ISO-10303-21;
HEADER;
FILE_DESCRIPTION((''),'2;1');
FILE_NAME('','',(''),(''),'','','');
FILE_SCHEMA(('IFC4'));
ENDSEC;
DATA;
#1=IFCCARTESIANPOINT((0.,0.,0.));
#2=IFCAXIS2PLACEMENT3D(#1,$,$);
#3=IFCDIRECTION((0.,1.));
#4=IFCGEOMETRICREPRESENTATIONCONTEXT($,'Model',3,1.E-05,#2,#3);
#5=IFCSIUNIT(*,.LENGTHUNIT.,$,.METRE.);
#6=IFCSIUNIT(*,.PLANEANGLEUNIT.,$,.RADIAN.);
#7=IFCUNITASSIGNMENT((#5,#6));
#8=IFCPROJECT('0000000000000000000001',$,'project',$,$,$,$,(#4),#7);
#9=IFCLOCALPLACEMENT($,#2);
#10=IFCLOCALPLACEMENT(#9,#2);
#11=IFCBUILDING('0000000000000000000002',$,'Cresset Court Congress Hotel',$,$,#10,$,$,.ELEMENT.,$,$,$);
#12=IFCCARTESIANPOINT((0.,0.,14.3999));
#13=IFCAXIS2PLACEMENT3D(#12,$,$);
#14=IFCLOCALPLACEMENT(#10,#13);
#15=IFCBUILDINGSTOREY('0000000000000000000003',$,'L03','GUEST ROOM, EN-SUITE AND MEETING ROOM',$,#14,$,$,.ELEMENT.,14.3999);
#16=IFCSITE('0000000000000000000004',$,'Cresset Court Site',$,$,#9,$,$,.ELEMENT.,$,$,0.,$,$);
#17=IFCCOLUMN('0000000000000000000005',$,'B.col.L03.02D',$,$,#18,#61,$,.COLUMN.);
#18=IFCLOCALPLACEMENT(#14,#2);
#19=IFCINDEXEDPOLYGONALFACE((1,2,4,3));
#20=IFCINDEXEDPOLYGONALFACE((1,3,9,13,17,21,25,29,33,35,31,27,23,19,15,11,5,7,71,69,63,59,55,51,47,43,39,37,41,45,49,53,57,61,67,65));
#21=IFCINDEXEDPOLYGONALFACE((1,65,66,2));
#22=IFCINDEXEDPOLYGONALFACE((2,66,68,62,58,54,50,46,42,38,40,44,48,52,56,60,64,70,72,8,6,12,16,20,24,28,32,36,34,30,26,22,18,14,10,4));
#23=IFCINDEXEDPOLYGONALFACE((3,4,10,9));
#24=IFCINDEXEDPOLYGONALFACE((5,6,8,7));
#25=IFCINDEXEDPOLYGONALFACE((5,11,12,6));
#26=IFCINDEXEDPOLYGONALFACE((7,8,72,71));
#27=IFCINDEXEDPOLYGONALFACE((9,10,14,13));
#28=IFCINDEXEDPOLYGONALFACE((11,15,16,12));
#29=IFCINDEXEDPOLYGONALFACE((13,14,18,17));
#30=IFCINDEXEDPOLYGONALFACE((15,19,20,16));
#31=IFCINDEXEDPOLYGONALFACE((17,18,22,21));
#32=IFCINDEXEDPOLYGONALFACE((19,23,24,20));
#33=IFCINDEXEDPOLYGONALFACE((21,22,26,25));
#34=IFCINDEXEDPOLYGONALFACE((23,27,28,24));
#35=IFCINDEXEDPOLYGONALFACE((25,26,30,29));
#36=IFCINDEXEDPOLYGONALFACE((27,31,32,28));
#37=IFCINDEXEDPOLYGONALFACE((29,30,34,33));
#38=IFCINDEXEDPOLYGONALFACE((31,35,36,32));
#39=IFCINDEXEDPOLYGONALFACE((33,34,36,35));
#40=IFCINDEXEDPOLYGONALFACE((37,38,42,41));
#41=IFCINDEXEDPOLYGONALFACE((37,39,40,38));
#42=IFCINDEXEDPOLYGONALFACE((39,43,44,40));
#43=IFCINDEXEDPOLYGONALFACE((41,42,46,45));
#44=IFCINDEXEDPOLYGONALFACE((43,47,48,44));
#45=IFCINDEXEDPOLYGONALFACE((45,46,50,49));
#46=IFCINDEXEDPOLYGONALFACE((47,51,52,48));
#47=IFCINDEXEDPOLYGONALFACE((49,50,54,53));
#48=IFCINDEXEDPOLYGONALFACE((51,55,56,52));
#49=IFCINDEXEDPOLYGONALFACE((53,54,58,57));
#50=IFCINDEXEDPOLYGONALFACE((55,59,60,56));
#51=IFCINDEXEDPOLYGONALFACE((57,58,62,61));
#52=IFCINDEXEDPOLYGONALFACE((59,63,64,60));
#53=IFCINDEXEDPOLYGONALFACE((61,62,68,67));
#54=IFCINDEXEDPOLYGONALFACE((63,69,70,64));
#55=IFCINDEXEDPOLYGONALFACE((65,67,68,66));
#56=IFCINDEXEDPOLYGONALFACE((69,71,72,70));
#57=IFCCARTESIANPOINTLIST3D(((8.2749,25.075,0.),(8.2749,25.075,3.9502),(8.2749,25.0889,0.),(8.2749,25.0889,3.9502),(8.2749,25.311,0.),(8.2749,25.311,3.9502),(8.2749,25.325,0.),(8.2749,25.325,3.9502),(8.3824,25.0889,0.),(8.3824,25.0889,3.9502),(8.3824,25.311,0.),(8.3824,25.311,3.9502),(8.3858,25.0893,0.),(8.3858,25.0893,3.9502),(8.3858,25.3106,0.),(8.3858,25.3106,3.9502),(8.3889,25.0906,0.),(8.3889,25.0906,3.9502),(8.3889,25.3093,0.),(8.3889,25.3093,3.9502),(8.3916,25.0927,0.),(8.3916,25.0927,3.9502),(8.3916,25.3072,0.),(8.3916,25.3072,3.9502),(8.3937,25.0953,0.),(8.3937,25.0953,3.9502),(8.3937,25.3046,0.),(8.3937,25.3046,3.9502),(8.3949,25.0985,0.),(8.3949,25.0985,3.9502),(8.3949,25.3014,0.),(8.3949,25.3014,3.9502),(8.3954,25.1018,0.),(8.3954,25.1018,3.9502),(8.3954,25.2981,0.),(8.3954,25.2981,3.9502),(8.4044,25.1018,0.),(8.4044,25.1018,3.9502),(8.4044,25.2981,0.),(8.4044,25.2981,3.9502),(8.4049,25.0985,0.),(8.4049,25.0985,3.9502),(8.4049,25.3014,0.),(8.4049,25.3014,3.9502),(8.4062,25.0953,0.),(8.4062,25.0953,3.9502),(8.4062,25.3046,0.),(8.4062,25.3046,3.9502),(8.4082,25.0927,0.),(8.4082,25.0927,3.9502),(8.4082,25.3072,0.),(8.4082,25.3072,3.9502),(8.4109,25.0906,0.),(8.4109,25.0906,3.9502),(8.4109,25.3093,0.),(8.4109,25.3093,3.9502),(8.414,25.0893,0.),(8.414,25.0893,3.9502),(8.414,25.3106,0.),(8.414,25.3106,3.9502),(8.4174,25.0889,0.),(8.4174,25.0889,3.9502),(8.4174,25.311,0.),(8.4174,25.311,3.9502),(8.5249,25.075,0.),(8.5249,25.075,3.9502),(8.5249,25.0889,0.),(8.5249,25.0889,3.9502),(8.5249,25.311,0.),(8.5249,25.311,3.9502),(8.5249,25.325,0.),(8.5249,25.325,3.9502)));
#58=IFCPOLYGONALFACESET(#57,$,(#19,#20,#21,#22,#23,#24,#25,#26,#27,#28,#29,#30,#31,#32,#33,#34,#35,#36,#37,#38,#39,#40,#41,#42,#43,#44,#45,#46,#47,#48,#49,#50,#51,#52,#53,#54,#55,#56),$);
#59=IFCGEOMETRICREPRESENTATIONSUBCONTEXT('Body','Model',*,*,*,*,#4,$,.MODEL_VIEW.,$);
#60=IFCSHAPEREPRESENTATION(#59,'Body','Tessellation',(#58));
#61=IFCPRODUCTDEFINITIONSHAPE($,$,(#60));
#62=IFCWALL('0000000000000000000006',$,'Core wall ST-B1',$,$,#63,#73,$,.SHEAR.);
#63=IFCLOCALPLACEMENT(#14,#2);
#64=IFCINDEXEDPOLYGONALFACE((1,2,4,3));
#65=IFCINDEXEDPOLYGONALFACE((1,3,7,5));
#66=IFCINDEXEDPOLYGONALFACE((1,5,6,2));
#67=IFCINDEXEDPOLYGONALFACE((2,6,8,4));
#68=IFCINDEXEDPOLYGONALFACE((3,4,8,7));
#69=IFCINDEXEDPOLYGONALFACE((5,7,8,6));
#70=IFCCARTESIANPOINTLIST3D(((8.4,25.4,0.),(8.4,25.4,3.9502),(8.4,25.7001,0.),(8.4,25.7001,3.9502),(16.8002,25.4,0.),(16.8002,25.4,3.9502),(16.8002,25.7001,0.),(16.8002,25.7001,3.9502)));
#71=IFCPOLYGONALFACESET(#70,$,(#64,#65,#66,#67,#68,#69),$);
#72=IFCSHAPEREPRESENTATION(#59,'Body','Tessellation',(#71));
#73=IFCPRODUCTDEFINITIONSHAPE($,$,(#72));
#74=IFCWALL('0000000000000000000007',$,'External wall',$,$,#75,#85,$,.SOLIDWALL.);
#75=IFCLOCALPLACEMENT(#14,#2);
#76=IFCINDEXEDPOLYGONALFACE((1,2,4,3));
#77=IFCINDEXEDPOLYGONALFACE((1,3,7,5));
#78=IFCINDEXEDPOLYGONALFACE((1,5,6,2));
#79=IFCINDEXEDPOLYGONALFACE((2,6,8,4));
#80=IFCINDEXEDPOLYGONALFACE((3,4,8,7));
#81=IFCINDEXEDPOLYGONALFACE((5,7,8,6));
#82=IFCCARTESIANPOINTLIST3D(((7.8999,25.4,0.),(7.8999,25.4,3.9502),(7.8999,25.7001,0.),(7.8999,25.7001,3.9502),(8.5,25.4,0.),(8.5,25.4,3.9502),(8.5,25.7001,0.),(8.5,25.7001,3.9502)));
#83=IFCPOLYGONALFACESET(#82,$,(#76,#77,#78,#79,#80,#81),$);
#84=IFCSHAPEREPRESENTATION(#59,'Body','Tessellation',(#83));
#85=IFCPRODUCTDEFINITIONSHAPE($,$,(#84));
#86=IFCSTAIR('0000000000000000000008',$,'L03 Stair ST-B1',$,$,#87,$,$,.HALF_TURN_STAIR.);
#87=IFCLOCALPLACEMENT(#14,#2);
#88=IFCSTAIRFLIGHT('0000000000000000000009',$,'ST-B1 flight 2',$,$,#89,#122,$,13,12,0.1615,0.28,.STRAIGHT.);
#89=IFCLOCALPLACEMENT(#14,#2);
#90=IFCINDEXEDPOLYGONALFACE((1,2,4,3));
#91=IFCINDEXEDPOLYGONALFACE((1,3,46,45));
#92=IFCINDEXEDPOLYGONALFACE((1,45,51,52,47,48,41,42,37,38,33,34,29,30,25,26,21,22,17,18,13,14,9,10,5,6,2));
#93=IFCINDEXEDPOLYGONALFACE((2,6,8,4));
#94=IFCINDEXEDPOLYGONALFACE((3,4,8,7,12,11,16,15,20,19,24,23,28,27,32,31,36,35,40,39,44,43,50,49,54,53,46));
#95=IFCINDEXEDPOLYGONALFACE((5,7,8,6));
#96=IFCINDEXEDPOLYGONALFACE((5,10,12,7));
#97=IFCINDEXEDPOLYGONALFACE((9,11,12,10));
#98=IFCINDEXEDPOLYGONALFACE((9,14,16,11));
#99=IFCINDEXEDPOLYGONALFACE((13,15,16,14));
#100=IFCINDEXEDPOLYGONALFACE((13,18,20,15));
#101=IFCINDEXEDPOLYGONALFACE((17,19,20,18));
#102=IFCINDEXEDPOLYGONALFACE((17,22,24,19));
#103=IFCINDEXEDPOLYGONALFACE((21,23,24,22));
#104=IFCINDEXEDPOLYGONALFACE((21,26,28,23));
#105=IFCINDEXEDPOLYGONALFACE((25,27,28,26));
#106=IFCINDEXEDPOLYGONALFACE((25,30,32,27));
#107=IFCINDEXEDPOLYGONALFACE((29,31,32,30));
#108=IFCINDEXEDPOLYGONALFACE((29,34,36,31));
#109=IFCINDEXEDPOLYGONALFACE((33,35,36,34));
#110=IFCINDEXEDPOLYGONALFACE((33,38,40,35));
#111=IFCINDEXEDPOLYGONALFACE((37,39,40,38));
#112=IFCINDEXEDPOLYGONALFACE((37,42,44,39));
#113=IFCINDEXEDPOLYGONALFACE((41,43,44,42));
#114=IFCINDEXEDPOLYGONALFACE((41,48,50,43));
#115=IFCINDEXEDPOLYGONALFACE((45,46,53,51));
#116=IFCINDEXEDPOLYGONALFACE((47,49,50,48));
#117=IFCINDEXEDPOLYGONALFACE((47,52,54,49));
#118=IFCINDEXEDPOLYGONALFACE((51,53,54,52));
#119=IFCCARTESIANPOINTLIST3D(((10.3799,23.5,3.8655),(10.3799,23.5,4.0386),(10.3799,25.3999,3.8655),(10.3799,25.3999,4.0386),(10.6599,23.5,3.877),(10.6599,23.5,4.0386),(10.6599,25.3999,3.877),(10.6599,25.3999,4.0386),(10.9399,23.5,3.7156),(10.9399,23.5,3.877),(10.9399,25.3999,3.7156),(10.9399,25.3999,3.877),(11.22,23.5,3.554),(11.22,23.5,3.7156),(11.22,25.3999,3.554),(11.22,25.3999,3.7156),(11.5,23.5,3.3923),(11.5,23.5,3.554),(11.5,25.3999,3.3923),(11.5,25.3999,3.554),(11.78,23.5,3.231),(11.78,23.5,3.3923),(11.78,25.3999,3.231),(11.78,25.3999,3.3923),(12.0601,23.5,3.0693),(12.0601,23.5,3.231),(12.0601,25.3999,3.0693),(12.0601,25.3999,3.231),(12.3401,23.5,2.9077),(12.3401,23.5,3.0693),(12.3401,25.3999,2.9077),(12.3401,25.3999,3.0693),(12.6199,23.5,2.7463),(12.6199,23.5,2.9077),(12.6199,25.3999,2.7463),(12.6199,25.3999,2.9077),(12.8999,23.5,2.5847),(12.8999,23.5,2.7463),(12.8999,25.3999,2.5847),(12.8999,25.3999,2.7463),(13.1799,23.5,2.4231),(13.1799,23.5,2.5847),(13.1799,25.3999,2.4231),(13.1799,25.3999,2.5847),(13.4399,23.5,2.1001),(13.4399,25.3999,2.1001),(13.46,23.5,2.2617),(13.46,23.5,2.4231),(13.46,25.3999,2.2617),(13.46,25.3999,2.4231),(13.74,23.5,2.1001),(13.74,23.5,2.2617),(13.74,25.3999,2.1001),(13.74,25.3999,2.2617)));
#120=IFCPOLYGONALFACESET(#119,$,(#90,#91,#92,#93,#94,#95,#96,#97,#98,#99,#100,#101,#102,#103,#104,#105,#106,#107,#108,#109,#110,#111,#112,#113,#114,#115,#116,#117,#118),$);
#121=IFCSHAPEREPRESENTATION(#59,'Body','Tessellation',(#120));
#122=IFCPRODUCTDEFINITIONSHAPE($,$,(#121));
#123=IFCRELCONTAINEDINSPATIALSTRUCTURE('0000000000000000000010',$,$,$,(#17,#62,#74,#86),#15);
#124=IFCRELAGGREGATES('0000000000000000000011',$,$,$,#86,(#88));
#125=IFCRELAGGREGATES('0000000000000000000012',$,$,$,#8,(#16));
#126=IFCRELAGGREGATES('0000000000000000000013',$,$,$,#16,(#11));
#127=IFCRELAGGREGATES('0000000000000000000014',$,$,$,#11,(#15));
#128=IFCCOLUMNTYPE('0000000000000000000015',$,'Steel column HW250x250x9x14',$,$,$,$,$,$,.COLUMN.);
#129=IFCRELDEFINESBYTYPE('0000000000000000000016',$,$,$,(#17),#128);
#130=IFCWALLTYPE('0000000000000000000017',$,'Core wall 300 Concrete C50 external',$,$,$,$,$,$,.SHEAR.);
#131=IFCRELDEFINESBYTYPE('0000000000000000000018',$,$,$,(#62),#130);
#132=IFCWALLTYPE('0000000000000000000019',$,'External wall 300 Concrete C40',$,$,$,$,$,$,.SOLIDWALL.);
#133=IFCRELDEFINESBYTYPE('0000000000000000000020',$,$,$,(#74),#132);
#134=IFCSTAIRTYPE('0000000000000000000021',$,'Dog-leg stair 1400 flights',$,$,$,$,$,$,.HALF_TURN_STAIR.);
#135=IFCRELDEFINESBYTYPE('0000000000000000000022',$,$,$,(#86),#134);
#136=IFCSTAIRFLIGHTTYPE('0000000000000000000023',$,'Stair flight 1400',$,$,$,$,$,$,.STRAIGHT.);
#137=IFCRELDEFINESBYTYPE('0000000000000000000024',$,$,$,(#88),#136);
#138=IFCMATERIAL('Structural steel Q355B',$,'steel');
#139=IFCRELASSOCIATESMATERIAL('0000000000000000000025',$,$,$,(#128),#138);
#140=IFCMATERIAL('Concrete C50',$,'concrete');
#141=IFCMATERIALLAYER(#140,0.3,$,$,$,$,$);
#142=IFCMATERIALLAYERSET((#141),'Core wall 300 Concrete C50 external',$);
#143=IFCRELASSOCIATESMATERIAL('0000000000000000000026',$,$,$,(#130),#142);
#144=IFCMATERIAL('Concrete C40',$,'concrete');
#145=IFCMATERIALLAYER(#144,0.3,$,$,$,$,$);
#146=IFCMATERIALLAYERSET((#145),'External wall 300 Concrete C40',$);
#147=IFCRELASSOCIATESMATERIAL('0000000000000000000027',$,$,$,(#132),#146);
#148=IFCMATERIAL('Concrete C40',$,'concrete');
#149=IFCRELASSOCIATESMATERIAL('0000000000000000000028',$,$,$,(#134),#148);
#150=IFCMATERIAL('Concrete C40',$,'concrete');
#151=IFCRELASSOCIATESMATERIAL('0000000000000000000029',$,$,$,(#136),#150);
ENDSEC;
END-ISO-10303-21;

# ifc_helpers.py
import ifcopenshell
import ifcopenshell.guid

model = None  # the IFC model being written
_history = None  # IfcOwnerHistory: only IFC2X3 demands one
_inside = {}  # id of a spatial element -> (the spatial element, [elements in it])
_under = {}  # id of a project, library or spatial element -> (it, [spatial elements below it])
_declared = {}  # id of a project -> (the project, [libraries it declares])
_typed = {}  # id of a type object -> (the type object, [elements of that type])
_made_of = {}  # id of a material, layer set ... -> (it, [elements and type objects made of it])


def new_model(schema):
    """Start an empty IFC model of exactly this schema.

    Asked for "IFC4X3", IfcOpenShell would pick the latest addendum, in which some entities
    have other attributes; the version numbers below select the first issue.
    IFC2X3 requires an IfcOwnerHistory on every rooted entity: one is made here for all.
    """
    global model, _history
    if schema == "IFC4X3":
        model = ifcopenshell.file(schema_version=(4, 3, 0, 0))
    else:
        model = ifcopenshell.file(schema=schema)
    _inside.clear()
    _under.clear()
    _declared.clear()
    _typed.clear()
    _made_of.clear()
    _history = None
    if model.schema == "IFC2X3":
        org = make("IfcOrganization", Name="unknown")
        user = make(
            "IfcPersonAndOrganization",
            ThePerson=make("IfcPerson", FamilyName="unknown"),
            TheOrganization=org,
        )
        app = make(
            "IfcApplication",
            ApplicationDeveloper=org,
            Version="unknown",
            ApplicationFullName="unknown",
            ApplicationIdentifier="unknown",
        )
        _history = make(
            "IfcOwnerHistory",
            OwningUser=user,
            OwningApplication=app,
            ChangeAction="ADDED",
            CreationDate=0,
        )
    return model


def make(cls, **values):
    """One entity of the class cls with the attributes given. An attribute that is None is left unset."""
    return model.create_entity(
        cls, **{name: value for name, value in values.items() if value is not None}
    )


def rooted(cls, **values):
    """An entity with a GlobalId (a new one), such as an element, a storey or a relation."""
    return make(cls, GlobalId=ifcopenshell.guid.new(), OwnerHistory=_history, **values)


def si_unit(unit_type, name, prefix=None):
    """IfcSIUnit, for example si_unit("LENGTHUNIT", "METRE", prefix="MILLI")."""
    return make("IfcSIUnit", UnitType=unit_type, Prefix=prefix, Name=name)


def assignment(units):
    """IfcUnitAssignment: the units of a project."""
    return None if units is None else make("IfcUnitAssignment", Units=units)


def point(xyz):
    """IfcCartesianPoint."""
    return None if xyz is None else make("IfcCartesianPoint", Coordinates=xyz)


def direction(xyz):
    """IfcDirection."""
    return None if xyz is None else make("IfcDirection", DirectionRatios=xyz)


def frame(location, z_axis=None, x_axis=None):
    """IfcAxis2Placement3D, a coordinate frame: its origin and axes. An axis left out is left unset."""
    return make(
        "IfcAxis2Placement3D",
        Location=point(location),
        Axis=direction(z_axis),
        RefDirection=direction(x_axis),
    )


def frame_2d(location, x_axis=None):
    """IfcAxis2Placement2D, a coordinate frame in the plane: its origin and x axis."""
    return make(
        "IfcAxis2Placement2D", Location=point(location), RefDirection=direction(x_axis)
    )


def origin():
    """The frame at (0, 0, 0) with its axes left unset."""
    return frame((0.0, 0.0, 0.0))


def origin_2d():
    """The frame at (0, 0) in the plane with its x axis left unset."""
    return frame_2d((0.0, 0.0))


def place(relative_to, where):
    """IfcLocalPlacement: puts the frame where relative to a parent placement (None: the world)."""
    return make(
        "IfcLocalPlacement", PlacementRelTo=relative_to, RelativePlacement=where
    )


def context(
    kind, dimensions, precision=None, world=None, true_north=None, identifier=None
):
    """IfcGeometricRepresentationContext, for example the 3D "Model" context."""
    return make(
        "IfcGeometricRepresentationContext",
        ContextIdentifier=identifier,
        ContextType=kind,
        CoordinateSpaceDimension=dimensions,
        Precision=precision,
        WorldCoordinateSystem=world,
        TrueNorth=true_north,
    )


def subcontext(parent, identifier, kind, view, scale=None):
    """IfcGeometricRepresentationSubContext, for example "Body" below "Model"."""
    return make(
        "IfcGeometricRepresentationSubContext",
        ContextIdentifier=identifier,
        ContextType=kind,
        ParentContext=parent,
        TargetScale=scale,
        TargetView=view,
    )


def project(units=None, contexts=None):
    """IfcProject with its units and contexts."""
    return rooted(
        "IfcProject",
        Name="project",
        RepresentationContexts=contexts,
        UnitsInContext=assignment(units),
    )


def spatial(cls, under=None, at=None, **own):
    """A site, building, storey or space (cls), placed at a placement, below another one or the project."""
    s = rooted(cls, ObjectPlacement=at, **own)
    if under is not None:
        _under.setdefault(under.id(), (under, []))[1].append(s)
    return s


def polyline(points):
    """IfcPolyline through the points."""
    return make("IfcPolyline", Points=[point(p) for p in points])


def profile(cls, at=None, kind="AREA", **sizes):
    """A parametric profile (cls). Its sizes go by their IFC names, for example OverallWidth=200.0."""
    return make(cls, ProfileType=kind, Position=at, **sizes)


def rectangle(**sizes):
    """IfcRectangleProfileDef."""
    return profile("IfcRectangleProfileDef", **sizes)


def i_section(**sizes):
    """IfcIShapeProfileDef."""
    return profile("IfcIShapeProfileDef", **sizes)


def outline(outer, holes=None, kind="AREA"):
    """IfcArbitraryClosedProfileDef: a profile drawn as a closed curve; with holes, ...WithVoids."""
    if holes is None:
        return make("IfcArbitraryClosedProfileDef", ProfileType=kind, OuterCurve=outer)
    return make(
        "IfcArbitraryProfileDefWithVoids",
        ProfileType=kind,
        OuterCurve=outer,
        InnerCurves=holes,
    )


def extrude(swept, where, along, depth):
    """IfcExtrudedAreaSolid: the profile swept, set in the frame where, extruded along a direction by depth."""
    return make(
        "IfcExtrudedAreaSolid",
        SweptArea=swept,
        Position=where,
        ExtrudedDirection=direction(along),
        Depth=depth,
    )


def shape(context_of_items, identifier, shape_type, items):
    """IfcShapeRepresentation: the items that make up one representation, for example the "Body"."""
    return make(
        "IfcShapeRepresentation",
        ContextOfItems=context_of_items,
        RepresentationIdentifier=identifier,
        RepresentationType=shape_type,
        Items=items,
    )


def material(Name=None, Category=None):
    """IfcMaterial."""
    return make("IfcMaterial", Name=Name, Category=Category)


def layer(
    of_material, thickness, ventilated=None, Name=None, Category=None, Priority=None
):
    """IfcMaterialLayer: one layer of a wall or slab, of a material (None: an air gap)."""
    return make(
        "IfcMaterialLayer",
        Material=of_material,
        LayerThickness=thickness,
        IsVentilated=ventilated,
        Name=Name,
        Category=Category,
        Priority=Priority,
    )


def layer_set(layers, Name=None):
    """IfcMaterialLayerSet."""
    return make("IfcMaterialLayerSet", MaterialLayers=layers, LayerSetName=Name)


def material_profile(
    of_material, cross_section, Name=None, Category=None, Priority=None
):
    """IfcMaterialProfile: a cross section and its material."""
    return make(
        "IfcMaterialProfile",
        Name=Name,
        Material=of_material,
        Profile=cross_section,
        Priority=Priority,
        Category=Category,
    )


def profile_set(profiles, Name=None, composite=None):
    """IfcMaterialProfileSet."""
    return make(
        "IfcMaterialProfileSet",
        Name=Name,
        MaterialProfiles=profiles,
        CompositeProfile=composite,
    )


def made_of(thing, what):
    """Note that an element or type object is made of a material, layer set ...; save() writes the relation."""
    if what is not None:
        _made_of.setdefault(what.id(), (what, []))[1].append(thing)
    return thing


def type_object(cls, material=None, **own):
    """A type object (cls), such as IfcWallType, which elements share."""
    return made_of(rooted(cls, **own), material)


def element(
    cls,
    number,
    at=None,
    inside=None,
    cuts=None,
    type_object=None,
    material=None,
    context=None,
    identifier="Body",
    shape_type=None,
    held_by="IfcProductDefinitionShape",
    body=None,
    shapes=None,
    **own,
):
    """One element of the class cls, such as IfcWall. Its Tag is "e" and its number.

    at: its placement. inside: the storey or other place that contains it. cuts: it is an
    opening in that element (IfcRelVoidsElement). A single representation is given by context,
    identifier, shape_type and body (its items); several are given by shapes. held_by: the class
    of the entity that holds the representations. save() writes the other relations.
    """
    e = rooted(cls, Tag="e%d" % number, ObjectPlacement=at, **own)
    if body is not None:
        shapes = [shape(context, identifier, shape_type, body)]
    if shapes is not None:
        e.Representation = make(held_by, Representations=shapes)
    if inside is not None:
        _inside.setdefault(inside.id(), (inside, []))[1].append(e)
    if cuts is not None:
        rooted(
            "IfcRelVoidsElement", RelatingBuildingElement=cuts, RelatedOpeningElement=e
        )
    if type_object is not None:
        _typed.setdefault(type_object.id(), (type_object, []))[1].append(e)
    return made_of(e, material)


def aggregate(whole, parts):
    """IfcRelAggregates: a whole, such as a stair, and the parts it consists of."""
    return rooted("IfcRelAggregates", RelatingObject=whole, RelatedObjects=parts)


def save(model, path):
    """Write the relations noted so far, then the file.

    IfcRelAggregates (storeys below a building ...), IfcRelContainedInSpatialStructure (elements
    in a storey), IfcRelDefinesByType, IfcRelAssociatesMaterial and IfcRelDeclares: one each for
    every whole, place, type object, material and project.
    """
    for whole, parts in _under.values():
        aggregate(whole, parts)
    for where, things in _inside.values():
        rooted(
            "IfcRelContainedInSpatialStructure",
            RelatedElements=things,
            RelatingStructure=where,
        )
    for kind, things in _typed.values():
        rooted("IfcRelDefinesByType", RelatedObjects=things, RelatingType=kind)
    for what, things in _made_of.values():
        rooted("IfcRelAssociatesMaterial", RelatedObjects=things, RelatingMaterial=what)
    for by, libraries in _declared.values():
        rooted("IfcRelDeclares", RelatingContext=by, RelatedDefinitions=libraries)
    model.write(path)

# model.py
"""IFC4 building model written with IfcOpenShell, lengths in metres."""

from ifc_helpers import new_model, si_unit, direction, frame, frame_2d, origin, origin_2d, place, context, subcontext, project, spatial, polyline, rectangle, i_section, outline, extrude, material, layer, layer_set, material_profile, profile_set, type_object, element, aggregate, save


model = new_model("IFC4")

# Units and contexts
model_context = context("Model", 3, precision=1e-05, world=origin(), true_north=direction((0.0, 1.0)))
body_context = subcontext(model_context, "Body", "Model", "MODEL_VIEW")
ifc_project = project(units=[si_unit("LENGTHUNIT", "METRE"), si_unit("PLANEANGLEUNIT", "RADIAN")], contexts=[model_context])

# Site, building, storey
site_placement = place(None, origin())
site = spatial("IfcSite", under=ifc_project, at=site_placement, Name="Cresset Court Site", CompositionType="ELEMENT", RefElevation=0.0)
building_placement = place(site_placement, origin())
building = spatial("IfcBuilding", under=site, at=building_placement, Name="Cresset Court Congress Hotel", CompositionType="ELEMENT")
storey_placement = place(building_placement, frame((0.0, 0.0, 14.3999)))
storey = spatial("IfcBuildingStorey", under=building, at=storey_placement, Name="L03", Description="GUEST ROOM, EN-SUITE AND MEETING ROOM", CompositionType="ELEMENT", Elevation=14.3999)

# Column
ifc_material_1 = material(Name="Structural steel Q355B", Category="steel")
ifc_material_profile = material_profile(ifc_material_1, i_section(OverallWidth=0.25, OverallDepth=0.25, WebThickness=0.009, FlangeThickness=0.0139, FilletRadius=0.0129, at=origin_2d()), Name="HW250x250x9x14")
ifc_profile_set = profile_set([ifc_material_profile], Name="Structural steel Q355B")
column_type = type_object("IfcColumnType", Name="Steel column HW250x250x9x14", PredefinedType="COLUMN", material=ifc_profile_set)
column_placement = place(storey_placement, frame((8.3999, 25.2, 0.0), z_axis=(0.0, 0.0, 1.0), x_axis=(1.0, 0.0, 0.0)))
element("IfcColumn", 1, at=column_placement, inside=storey, type_object=column_type, Name="B.col.L03.02D", PredefinedType="COLUMN", context=body_context, shape_type="SweptSolid", body=[
    extrude(i_section(OverallWidth=0.25, OverallDepth=0.25, WebThickness=0.009, FlangeThickness=0.0139, FilletRadius=0.0129, at=origin_2d()), origin(), (0.0, 0.0, 1.0), 3.9502),
])

# Walls
ifc_material_2 = material(Name="Concrete C50", Category="concrete")
ifc_layer_1 = layer(ifc_material_2, 0.3)
ifc_layer_set_1 = layer_set([ifc_layer_1], Name="Core wall 300 Concrete C50 external")
wall_type_1 = type_object("IfcWallType", Name="Core wall 300 Concrete C50 external", PredefinedType="SHEAR", material=ifc_layer_set_1)
wall_1_placement = place(storey_placement, frame((8.3999, 25.55, 0.0), z_axis=(0.0, 0.0, 1.0), x_axis=(1.0, 0.0, 0.0)))
element("IfcWall", 2, at=wall_1_placement, inside=storey, type_object=wall_type_1, Name="Core wall ST-B1", PredefinedType="SHEAR", context=body_context, shape_type="SweptSolid", body=[
    extrude(rectangle(XDim=8.4001, YDim=0.3, at=frame_2d((4.2002, 0.0))), origin(), (0.0, 0.0, 1.0), 3.9502),
])
ifc_material_3 = material(Name="Concrete C40", Category="concrete")
ifc_layer_2 = layer(ifc_material_3, 0.3)
ifc_layer_set_2 = layer_set([ifc_layer_2], Name="External wall 300 Concrete C40")
wall_type_2 = type_object("IfcWallType", Name="External wall 300 Concrete C40", PredefinedType="SOLIDWALL", material=ifc_layer_set_2)
wall_2_placement = place(storey_placement, frame((7.8999, 25.55, 0.0), z_axis=(0.0, 0.0, 1.0), x_axis=(1.0, 0.0, 0.0)))
element("IfcWall", 3, at=wall_2_placement, inside=storey, type_object=wall_type_2, Name="External wall", PredefinedType="SOLIDWALL", context=body_context, shape_type="SweptSolid", body=[
    extrude(rectangle(XDim=0.6001, YDim=0.3, at=frame_2d((0.3, 0.0))), origin(), (0.0, 0.0, 1.0), 3.9502),
])

# Stair, stair flight
ifc_material_4 = material(Name="Concrete C40", Category="concrete")
stair_type = type_object("IfcStairType", Name="Dog-leg stair 1400 flights", PredefinedType="HALF_TURN_STAIR", material=ifc_material_4)
stair_placement = place(storey_placement, origin())
stair = element("IfcStair", 4, at=stair_placement, inside=storey, type_object=stair_type, Name="L03 Stair ST-B1", PredefinedType="HALF_TURN_STAIR")
ifc_material_5 = material(Name="Concrete C40", Category="concrete")
stair_flight_type = type_object("IfcStairFlightType", Name="Stair flight 1400", PredefinedType="STRAIGHT", material=ifc_material_5)
stair_flight_placement = place(storey_placement, frame((13.74, 24.45, 2.1001), z_axis=(0.0, 0.0, 1.0), x_axis=(-1.0, 0.0, 0.0)))
stair_flight = element("IfcStairFlight", 5, at=stair_flight_placement, type_object=stair_flight_type, Name="ST-B1 flight 2", NumberOfRisers=13, NumberOfTreads=12, PredefinedType="STRAIGHT", RiserHeight=0.1615, TreadLength=0.28, context=body_context, shape_type="SweptSolid", body=[
    extrude(outline(polyline([(0.0, 0.0), (0.0, 0.1616), (0.28, 0.1616), (0.28, 0.323), (0.5601, 0.323), (0.5601, 0.4846), (0.8401, 0.4846), (0.8401, 0.6462), (1.1201, 0.6462), (1.1201, 0.8076), (1.3999, 0.8076), (1.3999, 0.9692), (1.6799, 0.9692), (1.6799, 1.1309), (1.96, 1.1309), (1.96, 1.2922), (2.24, 1.2922), (2.24, 1.4539), (2.52, 1.4539), (2.52, 1.6155), (2.8, 1.6155), (2.8, 1.7769), (3.0801, 1.7769), (3.0801, 1.9385), (3.3601, 1.9385), (3.3601, 2.1001), (3.3601, 1.7654), (0.3, 0.0), (0.0, 0.0)])), frame((0.0, 0.95, 0.0), z_axis=(0.0, -1.0, 0.0), x_axis=(1.0, 0.0, 0.0)), (0.0, 0.0, 1.0), 1.8999),
])
aggregate(stair, [stair_flight])

save(model, "model.ifc")
